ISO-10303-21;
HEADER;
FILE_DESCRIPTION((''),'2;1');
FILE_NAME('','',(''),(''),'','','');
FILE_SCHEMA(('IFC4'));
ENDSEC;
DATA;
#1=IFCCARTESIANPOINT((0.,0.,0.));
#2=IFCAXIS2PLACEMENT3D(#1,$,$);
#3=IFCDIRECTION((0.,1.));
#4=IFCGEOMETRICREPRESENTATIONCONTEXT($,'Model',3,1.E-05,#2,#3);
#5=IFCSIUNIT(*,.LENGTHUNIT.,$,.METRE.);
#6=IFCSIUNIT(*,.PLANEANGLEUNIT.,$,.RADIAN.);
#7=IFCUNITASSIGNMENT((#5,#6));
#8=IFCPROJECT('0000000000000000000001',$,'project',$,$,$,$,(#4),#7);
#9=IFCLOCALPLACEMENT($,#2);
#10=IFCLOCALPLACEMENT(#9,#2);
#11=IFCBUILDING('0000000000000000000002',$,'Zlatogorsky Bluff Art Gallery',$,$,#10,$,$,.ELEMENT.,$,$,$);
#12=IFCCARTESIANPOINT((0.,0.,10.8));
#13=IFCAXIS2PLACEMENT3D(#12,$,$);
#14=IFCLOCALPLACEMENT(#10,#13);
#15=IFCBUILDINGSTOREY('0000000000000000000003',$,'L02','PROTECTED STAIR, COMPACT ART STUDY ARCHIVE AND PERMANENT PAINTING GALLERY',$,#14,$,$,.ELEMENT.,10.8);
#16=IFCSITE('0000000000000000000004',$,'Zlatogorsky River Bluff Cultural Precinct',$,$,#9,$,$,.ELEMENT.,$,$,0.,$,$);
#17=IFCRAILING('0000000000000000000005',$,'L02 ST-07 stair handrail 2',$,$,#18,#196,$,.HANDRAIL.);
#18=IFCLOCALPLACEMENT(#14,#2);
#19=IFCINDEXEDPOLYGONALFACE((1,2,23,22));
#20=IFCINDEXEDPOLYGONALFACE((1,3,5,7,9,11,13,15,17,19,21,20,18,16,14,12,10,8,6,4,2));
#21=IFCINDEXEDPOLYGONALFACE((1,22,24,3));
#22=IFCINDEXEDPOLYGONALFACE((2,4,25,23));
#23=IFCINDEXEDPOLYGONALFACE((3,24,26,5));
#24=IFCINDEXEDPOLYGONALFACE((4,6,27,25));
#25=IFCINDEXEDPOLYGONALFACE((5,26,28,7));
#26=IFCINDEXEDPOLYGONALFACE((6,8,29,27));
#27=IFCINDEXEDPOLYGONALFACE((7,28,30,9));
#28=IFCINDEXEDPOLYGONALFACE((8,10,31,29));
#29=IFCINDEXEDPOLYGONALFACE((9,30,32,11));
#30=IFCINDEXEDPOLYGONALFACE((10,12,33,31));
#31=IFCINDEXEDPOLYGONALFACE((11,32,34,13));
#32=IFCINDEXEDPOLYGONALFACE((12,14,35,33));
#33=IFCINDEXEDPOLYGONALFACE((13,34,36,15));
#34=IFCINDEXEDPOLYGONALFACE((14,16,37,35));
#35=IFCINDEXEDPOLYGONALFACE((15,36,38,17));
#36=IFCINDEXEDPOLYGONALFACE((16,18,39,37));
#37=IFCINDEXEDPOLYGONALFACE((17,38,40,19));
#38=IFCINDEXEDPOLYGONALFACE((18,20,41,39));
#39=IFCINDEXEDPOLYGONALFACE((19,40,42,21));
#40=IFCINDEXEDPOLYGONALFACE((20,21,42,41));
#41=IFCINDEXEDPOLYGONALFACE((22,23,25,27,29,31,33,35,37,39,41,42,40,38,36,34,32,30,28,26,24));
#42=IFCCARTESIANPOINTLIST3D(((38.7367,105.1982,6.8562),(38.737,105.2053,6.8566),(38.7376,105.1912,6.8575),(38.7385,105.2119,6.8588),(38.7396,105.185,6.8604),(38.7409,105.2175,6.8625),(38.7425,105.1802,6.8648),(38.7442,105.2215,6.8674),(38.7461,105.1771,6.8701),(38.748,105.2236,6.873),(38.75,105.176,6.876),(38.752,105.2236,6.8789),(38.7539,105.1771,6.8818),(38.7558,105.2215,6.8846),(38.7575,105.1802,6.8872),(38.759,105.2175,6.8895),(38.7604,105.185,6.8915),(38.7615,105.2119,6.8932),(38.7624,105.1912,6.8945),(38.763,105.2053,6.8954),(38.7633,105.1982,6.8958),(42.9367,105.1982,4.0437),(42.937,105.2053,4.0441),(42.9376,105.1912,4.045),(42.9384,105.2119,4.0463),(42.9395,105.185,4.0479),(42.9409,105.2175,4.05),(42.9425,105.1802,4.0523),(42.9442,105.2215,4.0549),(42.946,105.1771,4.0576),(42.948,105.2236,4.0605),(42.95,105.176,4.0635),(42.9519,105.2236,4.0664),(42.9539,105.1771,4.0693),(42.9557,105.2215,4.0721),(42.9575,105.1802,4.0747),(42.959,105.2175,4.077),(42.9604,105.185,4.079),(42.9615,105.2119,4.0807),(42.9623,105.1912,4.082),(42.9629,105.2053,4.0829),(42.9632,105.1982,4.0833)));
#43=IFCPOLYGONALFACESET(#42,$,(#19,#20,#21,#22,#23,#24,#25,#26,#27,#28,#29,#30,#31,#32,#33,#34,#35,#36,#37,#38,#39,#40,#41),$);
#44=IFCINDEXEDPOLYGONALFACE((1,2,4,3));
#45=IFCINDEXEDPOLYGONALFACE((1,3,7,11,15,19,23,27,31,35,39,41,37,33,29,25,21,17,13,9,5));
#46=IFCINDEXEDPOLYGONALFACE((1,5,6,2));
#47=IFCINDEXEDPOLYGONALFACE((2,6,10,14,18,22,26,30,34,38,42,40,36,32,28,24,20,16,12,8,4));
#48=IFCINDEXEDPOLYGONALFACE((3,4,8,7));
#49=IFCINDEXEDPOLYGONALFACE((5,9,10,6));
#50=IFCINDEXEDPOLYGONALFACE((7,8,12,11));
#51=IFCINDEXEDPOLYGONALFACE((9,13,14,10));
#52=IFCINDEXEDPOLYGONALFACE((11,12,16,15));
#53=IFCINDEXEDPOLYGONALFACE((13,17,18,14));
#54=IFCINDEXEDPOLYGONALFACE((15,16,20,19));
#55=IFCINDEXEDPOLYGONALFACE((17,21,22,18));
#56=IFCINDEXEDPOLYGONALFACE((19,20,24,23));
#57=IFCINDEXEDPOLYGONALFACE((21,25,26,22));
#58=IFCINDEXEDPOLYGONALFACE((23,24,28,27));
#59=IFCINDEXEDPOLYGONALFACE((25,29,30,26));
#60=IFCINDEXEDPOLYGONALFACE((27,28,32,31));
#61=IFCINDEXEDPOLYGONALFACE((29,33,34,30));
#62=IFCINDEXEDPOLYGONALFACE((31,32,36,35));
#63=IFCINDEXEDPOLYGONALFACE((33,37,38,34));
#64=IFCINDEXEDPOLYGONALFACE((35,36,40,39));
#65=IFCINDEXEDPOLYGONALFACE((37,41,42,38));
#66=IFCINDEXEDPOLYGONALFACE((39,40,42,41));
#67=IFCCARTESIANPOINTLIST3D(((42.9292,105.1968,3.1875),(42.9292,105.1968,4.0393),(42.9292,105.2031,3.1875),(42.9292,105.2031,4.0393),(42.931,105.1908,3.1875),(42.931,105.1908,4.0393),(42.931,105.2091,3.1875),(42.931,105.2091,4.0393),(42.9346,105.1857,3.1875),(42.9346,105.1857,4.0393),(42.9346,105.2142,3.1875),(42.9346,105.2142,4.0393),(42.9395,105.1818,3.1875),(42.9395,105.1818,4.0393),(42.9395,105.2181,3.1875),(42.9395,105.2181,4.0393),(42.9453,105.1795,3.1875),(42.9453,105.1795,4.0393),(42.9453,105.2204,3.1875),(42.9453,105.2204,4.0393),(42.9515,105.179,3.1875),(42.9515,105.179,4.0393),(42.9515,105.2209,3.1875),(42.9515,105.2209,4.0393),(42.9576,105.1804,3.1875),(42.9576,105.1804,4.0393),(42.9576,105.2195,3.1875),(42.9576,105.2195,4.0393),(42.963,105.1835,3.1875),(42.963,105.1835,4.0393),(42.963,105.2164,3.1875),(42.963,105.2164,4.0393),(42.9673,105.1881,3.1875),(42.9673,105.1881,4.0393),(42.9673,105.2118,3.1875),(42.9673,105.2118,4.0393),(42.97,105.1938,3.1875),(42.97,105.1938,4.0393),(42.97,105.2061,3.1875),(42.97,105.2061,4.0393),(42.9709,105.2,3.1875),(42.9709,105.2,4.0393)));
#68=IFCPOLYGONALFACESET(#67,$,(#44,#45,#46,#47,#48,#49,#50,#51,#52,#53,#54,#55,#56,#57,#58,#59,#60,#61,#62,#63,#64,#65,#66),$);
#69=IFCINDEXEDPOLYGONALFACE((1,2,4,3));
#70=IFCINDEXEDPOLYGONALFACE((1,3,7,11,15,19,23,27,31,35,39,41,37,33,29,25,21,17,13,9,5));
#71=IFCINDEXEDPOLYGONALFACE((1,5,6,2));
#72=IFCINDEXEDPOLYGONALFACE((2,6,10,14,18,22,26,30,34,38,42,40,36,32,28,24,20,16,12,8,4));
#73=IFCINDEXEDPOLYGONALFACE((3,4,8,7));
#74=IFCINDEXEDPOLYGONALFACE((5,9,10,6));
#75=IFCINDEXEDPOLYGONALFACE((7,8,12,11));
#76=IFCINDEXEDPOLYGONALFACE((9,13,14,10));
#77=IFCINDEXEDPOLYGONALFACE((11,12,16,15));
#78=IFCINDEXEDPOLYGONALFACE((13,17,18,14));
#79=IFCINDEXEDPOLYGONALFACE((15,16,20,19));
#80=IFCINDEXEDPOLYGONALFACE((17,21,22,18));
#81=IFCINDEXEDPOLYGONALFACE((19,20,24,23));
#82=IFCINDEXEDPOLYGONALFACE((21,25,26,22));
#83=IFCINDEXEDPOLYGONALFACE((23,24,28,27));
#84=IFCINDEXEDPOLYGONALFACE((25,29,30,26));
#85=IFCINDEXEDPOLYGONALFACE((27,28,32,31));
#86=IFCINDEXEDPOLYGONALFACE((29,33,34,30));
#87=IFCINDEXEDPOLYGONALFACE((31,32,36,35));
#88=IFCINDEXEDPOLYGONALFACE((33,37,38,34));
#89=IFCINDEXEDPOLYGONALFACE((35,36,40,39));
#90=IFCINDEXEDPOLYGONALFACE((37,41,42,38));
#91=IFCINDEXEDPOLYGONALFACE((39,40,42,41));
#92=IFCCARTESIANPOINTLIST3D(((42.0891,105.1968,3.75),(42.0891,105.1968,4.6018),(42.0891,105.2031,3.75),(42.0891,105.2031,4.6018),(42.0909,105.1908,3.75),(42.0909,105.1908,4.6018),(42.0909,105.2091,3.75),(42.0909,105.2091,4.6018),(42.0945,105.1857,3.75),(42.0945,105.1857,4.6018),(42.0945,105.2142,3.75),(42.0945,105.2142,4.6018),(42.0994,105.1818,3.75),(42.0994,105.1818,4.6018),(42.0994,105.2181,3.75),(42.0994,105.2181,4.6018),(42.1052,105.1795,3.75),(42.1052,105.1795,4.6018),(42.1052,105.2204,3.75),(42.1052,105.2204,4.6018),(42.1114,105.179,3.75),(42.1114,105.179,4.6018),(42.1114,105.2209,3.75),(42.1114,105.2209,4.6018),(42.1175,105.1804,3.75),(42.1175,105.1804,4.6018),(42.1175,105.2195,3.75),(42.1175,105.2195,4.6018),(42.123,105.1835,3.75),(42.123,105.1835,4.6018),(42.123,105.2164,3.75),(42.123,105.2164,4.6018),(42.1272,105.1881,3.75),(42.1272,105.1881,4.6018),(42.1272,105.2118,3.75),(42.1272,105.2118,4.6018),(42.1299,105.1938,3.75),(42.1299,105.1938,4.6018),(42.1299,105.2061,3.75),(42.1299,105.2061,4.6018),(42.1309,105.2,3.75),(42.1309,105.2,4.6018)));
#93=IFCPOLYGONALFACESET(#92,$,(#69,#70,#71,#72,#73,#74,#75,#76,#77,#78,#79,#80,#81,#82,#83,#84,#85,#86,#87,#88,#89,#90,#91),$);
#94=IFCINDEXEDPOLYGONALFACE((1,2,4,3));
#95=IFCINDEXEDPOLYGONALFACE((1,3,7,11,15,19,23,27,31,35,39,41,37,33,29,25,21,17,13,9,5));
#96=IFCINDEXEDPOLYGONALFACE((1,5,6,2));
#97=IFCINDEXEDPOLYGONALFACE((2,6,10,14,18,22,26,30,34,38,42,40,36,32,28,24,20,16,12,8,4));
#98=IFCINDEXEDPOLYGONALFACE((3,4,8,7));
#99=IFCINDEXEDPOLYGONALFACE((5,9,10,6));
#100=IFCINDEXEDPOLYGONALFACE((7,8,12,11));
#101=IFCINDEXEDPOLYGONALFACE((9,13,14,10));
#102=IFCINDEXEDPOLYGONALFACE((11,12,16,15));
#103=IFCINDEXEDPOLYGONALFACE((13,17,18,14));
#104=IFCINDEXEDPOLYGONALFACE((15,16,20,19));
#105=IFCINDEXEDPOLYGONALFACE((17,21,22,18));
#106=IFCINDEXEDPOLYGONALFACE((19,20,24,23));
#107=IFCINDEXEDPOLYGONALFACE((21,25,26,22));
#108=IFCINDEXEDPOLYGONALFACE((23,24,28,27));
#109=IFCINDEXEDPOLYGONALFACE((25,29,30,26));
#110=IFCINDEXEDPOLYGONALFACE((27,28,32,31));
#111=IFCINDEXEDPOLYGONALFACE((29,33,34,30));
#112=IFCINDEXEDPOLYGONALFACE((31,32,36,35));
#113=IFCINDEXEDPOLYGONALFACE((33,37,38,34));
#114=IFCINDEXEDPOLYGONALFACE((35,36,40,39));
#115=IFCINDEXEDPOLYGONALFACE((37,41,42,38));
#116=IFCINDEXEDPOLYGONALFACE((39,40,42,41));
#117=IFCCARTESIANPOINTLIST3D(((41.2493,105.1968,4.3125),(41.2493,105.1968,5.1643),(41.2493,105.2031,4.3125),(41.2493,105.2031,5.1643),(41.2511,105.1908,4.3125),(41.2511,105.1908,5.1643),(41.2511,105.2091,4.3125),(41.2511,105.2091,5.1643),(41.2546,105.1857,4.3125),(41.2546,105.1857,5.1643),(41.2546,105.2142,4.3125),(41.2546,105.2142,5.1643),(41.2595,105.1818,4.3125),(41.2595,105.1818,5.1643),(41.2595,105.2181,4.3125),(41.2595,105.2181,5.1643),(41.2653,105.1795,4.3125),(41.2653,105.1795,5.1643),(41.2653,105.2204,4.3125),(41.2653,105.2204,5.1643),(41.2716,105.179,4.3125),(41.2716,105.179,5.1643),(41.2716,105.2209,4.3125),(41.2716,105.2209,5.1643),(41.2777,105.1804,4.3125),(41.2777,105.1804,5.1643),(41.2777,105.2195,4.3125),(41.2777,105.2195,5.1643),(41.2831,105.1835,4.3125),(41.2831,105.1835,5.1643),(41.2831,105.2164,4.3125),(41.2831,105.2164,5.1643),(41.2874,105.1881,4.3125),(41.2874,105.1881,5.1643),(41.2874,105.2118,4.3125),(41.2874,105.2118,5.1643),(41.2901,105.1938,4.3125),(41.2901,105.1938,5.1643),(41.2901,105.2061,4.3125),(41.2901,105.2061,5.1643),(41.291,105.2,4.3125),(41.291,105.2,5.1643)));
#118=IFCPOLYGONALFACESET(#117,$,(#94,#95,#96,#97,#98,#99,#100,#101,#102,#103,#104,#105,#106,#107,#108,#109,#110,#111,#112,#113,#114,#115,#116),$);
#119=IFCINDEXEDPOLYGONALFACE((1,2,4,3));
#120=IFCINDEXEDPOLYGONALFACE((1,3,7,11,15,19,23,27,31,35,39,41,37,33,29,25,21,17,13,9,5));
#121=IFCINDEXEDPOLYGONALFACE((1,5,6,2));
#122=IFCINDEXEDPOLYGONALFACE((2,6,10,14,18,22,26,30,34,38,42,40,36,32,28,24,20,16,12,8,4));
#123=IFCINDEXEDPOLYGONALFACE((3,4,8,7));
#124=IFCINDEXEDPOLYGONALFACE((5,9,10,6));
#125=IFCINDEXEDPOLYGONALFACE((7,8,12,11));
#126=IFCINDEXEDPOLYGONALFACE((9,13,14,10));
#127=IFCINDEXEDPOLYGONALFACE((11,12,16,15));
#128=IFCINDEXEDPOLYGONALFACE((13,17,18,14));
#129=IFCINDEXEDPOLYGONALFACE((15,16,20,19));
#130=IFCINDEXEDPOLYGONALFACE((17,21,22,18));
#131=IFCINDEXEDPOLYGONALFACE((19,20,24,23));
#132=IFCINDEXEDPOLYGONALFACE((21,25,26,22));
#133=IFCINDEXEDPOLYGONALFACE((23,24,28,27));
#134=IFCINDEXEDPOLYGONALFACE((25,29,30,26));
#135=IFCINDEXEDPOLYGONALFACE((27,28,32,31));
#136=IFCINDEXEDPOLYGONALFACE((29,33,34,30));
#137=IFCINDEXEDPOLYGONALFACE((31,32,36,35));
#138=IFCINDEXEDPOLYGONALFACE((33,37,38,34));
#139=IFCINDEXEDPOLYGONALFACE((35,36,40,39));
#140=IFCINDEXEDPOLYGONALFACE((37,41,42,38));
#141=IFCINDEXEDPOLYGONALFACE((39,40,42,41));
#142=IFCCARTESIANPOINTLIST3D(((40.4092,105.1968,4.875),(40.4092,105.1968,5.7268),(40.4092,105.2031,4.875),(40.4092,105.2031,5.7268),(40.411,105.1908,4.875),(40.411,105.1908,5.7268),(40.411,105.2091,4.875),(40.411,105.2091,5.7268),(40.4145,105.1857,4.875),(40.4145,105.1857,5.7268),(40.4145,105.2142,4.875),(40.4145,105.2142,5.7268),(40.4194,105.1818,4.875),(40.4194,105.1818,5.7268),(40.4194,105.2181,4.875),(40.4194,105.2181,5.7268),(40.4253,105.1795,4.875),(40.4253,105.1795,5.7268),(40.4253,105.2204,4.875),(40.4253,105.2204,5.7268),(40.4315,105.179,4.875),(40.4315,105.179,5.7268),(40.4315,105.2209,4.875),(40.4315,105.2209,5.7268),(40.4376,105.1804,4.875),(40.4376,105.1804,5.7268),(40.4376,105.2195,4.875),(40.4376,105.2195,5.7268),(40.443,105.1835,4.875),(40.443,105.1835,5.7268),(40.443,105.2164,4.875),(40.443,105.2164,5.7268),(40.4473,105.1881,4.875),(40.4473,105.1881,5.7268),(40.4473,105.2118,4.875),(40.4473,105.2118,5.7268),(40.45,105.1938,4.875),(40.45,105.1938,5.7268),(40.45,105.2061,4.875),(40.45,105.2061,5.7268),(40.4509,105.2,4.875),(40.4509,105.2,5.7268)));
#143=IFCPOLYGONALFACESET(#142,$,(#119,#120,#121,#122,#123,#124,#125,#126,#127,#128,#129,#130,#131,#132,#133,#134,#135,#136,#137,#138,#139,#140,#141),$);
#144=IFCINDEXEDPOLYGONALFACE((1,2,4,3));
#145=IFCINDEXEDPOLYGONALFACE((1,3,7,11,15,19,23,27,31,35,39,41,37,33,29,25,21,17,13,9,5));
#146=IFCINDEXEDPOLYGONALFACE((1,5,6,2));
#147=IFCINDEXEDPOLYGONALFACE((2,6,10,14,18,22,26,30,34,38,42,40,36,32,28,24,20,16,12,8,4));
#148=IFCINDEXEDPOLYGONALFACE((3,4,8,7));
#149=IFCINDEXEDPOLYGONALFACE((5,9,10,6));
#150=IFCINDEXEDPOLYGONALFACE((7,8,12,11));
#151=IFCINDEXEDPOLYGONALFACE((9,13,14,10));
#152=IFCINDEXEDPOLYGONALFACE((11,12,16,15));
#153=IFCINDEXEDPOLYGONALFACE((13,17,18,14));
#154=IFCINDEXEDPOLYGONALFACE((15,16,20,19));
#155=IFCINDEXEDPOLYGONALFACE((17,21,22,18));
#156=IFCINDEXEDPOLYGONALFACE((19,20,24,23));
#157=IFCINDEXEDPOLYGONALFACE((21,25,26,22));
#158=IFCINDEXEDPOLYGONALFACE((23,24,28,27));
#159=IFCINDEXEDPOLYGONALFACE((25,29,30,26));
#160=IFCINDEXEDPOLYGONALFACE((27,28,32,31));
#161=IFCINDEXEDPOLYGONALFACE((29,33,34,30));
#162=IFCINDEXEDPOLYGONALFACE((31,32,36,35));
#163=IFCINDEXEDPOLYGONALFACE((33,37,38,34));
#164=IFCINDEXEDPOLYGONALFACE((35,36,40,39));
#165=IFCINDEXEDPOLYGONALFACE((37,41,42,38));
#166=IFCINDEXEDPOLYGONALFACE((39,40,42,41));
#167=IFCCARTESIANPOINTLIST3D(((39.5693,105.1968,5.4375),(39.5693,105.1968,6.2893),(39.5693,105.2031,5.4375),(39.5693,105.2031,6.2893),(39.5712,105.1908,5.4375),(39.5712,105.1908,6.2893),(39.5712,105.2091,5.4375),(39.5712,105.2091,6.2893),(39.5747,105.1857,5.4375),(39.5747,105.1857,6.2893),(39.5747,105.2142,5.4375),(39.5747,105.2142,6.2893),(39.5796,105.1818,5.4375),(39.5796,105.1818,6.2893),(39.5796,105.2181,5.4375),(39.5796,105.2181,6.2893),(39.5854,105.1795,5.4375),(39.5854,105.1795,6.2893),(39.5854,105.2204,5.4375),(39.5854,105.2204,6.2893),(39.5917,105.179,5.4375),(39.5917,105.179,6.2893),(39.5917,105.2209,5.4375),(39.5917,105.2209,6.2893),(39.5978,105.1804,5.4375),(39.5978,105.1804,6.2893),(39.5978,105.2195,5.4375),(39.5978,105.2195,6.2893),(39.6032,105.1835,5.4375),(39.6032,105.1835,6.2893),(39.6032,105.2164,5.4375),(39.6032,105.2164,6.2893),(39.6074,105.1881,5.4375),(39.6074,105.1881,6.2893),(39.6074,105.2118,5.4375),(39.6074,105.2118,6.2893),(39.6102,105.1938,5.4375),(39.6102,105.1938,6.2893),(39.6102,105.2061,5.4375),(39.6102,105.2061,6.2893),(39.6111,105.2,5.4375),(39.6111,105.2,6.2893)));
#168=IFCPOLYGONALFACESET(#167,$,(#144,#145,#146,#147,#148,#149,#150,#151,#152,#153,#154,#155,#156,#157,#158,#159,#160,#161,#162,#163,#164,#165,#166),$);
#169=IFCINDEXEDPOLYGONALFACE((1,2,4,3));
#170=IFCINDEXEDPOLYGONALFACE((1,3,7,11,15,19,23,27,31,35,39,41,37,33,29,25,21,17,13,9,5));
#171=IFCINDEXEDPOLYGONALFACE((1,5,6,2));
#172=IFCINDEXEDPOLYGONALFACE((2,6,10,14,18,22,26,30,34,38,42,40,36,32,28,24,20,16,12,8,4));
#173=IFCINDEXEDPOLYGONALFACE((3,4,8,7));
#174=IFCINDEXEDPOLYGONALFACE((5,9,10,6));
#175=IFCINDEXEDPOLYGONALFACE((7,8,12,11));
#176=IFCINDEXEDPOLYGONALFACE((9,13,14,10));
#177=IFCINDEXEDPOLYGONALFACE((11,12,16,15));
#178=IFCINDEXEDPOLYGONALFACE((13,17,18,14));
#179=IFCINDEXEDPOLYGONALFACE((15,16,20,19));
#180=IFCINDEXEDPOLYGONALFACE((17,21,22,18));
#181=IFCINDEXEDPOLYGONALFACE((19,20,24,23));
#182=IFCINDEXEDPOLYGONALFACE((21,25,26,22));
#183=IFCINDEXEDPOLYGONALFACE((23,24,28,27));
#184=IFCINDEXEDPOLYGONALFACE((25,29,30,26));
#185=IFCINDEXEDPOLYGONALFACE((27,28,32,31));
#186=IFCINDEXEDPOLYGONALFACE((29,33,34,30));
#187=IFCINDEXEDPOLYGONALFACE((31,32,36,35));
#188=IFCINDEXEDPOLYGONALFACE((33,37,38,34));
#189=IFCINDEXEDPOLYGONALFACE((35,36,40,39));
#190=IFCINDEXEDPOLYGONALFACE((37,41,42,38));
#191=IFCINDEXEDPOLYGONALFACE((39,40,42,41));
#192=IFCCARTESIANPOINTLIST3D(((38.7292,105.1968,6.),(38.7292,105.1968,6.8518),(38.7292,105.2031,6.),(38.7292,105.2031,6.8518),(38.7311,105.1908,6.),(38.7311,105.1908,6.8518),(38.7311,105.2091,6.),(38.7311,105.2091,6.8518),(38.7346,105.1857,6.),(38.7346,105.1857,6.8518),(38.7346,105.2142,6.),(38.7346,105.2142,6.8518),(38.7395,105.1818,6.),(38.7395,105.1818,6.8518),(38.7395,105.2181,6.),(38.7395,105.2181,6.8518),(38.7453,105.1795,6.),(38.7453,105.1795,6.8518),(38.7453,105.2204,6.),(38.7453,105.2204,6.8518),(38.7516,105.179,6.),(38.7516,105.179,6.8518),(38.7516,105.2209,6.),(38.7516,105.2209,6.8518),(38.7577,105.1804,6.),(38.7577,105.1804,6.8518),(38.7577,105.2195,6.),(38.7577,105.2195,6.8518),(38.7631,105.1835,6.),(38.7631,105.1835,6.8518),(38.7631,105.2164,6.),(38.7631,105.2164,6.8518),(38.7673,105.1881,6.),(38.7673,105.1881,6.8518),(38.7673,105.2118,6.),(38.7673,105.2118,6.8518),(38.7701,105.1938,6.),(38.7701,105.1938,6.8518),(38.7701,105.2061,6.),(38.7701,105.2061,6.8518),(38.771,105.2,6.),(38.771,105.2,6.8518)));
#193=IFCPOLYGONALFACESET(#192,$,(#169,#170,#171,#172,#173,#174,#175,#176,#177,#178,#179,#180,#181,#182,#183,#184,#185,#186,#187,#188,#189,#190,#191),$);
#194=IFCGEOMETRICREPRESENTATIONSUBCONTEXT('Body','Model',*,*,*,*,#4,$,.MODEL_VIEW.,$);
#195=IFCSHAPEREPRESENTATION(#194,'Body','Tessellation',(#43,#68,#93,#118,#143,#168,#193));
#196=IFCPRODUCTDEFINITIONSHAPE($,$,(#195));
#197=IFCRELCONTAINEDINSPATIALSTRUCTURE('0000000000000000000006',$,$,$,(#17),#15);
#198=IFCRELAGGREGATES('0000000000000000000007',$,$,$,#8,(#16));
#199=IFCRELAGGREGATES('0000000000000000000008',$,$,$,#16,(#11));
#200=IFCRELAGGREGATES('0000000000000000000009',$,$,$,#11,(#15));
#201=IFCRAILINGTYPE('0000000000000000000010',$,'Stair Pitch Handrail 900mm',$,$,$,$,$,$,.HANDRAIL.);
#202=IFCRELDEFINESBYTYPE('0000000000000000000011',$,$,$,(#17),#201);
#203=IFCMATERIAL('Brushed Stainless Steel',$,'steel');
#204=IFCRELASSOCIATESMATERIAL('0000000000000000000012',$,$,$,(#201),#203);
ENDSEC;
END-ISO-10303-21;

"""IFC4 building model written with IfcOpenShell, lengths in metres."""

from ifc_helpers import new_model, si_unit, direction, frame, origin, origin_2d, place, context, subcontext, project, spatial, circle, extrude, material, type_object, element, save


model = new_model("IFC4")

# Units and contexts
model_context = context("Model", 3, precision=1e-05, world=origin(), true_north=direction((0.0, 1.0)))
body_context = subcontext(model_context, "Body", "Model", "MODEL_VIEW")
ifc_project = project(units=[si_unit("LENGTHUNIT", "METRE"), si_unit("PLANEANGLEUNIT", "RADIAN")], contexts=[model_context])

# Site, building, storey
site_placement = place(None, origin())
site = spatial("IfcSite", under=ifc_project, at=site_placement, Name="Zlatogorsky River Bluff Cultural Precinct", CompositionType="ELEMENT", RefElevation=0.0)
building_placement = place(site_placement, origin())
building = spatial("IfcBuilding", under=site, at=building_placement, Name="Zlatogorsky Bluff Art Gallery", CompositionType="ELEMENT")
storey_placement = place(building_placement, frame((0.0, 0.0, 10.8)))
storey = spatial("IfcBuildingStorey", under=building, at=storey_placement, Name="L02", Description="PROTECTED STAIR, COMPACT ART STUDY ARCHIVE AND PERMANENT PAINTING GALLERY", CompositionType="ELEMENT", Elevation=10.8)

# Railing
ifc_material_1 = material(Name="Brushed Stainless Steel", Category="steel")
railing_type_1 = type_object("IfcRailingType", Name="Stair Pitch Handrail 900mm", PredefinedType="HANDRAIL", material=ifc_material_1)
railing_1_placement = place(storey_placement, frame((42.95, 105.2, 3.1875)))
element("IfcRailing", 1, at=railing_1_placement, inside=storey, type_object=railing_type_1, Name="L02 ST-07 stair handrail 2", PredefinedType="HANDRAIL", context=body_context, shape_type="SweptSolid", body=[
    extrude(circle(Radius=0.0239, at=origin_2d()), frame((0.0, 0.0, 0.876), z_axis=(-0.830904, 0.0, 0.556416), x_axis=(0.0, -1.0, 0.0)), (0.0, 0.0, 1.0), 5.0547),
    extrude(circle(Radius=0.021, at=origin_2d()), origin(), (0.0, 0.0, 1.0), 0.8518),
    extrude(circle(Radius=0.021, at=origin_2d()), frame((-0.8401, 0.0, 0.5625)), (0.0, 0.0, 1.0), 0.8518),
    extrude(circle(Radius=0.021, at=origin_2d()), frame((-1.6799, 0.0, 1.125)), (0.0, 0.0, 1.0), 0.8518),
    extrude(circle(Radius=0.021, at=origin_2d()), frame((-2.52, 0.0, 1.6875)), (0.0, 0.0, 1.0), 0.8518),
    extrude(circle(Radius=0.021, at=origin_2d()), frame((-3.3599, 0.0, 2.25)), (0.0, 0.0, 1.0), 0.8518),
    extrude(circle(Radius=0.021, at=origin_2d()), frame((-4.2, 0.0, 2.8125)), (0.0, 0.0, 1.0), 0.8518),
])

save(model, "model.ifc")
